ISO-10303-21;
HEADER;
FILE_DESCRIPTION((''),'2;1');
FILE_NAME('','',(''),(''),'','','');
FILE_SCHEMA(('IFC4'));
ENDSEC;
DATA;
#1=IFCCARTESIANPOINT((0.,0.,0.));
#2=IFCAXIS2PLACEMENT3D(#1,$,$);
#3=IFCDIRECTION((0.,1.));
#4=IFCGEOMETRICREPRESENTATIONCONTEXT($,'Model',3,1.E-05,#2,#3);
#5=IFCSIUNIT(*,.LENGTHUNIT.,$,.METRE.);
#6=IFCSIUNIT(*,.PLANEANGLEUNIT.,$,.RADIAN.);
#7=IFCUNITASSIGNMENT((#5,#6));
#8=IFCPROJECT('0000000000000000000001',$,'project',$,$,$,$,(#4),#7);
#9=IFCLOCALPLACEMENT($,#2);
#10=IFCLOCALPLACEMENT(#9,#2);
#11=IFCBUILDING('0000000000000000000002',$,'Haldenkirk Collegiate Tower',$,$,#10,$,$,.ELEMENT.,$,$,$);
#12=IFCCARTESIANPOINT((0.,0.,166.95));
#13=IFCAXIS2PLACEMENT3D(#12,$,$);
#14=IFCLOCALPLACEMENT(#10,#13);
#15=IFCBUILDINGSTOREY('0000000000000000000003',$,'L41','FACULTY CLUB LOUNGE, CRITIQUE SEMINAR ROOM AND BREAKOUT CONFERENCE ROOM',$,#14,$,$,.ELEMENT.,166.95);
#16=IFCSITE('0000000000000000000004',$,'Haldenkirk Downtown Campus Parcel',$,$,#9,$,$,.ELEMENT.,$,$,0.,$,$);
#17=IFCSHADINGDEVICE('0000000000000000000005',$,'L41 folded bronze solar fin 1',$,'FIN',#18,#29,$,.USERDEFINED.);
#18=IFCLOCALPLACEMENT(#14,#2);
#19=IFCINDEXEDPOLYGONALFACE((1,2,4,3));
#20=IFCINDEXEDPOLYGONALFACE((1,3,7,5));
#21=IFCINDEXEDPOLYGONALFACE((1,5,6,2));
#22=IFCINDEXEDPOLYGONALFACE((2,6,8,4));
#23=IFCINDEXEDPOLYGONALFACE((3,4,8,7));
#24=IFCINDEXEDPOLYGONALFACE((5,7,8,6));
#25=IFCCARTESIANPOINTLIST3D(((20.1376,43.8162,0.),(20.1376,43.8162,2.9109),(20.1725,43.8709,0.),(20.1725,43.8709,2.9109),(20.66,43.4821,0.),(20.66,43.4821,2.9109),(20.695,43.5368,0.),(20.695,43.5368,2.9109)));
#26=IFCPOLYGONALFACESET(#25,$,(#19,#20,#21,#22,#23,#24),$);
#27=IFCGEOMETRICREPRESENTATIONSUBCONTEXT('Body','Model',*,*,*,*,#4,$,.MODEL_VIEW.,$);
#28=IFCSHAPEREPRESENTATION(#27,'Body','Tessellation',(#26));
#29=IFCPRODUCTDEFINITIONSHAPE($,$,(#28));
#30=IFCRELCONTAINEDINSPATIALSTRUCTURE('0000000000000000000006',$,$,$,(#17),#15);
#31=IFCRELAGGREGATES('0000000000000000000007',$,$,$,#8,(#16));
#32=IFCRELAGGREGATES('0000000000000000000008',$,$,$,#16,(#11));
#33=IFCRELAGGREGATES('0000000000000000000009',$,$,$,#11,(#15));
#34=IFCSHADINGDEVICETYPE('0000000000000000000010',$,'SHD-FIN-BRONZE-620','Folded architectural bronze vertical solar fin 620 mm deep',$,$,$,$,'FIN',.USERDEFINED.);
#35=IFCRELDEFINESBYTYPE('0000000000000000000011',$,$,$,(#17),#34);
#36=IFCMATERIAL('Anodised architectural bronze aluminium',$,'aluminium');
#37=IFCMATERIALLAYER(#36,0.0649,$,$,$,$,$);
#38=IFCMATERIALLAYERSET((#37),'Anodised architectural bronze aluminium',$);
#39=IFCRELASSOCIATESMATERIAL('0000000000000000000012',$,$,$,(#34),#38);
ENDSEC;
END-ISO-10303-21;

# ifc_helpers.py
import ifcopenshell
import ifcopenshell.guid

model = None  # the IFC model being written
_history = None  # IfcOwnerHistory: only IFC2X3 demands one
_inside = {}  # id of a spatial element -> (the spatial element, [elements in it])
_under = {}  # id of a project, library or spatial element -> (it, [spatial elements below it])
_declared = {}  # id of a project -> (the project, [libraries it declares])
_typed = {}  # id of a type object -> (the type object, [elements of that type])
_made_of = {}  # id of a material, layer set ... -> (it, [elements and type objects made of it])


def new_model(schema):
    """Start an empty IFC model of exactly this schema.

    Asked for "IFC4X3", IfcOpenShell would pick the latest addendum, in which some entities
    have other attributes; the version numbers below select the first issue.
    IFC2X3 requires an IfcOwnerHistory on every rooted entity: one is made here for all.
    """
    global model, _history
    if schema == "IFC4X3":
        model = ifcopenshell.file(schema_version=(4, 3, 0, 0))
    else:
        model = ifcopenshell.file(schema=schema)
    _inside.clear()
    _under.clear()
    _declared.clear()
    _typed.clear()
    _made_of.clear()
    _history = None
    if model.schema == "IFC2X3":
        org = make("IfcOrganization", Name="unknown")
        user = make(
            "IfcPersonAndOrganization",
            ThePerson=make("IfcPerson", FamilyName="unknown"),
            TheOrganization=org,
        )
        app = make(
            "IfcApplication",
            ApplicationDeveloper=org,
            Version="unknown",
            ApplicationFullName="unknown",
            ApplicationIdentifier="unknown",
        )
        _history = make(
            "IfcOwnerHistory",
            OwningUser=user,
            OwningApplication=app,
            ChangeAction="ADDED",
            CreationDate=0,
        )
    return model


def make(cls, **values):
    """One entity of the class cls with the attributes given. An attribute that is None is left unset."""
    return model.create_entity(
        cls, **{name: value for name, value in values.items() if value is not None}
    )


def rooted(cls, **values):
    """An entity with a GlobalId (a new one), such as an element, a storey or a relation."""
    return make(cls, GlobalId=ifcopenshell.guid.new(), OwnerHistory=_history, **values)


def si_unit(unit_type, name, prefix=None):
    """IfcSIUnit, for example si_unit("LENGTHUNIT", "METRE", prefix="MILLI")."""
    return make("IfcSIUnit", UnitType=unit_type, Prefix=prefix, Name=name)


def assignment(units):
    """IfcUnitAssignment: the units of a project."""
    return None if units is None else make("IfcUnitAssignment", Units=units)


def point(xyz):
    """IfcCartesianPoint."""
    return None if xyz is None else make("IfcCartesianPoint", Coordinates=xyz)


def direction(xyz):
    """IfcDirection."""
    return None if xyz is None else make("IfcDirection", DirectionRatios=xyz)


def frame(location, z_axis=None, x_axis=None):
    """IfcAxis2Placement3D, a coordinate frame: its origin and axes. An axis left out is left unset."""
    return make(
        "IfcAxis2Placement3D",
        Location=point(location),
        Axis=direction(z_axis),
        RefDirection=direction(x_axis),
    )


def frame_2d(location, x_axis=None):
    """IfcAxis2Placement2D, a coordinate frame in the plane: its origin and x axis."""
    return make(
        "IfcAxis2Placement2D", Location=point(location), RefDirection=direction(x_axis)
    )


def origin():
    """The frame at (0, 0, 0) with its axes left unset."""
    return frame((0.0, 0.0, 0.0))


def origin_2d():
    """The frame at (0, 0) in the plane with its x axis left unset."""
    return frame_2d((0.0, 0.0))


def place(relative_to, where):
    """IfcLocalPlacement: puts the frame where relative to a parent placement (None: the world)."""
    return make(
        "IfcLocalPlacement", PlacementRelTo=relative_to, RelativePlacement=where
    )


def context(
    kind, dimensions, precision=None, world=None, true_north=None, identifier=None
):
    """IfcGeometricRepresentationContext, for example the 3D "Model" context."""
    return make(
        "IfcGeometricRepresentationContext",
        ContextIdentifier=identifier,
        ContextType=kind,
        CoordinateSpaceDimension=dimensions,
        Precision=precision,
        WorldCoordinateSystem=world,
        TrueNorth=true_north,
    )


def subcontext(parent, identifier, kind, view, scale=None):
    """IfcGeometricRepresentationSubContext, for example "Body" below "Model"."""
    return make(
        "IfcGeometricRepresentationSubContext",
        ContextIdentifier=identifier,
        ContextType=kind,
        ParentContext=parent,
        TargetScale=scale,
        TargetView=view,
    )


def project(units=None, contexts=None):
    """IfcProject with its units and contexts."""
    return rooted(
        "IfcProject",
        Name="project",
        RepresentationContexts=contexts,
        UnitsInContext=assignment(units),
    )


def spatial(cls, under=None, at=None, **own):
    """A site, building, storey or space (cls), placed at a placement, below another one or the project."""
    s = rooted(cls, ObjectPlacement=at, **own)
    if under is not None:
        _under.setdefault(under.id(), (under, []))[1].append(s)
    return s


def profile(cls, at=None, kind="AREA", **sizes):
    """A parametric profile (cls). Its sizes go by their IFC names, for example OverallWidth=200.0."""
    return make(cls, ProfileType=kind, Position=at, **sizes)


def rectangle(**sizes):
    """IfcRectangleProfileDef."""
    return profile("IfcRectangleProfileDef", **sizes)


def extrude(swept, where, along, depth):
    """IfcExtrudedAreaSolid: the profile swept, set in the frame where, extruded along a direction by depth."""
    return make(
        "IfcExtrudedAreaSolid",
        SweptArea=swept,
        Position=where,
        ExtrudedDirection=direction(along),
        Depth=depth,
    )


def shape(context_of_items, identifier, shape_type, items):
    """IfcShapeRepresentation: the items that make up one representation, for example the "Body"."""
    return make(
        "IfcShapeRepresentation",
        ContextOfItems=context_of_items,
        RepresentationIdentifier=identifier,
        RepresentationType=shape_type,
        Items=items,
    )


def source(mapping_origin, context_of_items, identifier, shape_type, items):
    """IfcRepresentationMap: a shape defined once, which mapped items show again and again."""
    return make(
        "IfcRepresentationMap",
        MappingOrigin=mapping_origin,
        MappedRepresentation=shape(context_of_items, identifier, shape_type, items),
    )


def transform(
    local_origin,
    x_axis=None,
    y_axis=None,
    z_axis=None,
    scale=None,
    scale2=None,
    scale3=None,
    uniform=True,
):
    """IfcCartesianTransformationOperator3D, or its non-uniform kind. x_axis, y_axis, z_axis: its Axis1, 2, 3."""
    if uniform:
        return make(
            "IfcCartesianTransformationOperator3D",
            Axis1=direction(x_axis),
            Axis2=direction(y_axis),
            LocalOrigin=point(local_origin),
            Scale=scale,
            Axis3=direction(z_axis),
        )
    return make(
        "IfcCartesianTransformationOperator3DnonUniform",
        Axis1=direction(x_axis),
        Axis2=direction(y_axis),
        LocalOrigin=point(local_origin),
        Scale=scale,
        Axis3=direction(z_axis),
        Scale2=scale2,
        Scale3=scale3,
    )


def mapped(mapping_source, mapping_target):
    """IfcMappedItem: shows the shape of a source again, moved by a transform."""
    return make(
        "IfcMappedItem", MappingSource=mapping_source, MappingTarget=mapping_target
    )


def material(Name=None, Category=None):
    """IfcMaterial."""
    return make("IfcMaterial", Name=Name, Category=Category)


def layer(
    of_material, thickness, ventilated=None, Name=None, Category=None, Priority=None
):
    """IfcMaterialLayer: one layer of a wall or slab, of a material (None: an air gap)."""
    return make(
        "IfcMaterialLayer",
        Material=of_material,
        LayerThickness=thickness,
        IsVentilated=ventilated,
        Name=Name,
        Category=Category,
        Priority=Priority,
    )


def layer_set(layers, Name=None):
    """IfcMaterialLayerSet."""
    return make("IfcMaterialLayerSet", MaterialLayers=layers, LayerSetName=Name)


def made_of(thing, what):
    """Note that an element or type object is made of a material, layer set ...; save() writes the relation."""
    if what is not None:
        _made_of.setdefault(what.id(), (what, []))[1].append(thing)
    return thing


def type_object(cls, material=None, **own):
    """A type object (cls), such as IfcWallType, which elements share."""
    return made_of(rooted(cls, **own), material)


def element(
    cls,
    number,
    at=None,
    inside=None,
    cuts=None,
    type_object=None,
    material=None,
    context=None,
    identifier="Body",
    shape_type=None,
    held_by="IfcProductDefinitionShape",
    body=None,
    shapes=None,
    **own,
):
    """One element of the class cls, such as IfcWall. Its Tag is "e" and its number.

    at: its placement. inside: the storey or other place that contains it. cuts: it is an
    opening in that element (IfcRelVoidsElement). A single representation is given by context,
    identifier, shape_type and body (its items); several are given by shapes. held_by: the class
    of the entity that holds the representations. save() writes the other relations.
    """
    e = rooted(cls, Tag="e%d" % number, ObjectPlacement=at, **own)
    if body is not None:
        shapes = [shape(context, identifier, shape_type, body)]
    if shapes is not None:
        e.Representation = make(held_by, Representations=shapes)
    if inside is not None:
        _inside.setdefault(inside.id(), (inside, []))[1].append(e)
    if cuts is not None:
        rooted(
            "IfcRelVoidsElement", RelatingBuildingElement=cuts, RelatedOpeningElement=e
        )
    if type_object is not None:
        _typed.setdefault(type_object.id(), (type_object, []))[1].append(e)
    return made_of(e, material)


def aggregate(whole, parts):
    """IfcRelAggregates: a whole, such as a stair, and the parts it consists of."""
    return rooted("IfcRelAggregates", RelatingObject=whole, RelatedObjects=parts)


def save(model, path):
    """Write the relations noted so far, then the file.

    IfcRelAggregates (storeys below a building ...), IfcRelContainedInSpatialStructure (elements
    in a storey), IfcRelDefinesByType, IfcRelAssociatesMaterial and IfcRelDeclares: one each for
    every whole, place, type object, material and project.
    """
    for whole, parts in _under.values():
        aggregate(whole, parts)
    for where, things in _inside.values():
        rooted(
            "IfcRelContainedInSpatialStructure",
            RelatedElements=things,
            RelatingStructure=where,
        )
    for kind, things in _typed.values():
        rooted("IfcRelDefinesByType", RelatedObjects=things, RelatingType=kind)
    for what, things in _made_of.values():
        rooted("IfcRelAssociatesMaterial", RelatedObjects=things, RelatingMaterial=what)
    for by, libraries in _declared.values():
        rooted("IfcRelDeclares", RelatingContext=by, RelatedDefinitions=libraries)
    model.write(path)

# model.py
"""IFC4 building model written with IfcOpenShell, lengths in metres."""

from ifc_helpers import new_model, si_unit, direction, frame, origin, origin_2d, place, context, subcontext, project, spatial, rectangle, extrude, source, transform, mapped, material, layer, layer_set, type_object, element, save


model = new_model("IFC4")

# Units and contexts
model_context = context("Model", 3, precision=1e-05, world=origin(), true_north=direction((0.0, 1.0)))
body_context = subcontext(model_context, "Body", "Model", "MODEL_VIEW")
ifc_project = project(units=[si_unit("LENGTHUNIT", "METRE"), si_unit("PLANEANGLEUNIT", "RADIAN")], contexts=[model_context])

# Site, building, storey
site_placement = place(None, origin())
site = spatial("IfcSite", under=ifc_project, at=site_placement, Name="Haldenkirk Downtown Campus Parcel", CompositionType="ELEMENT", RefElevation=0.0)
building_placement = place(site_placement, origin())
building = spatial("IfcBuilding", under=site, at=building_placement, Name="Haldenkirk Collegiate Tower", CompositionType="ELEMENT")
storey_placement = place(building_placement, frame((0.0, 0.0, 166.95)))
storey = spatial("IfcBuildingStorey", under=building, at=storey_placement, Name="L41", Description="FACULTY CLUB LOUNGE, CRITIQUE SEMINAR ROOM AND BREAKOUT CONFERENCE ROOM", CompositionType="ELEMENT", Elevation=166.95)

# Shared definitions
ifc_material_1 = material(Name="Anodised architectural bronze aluminium", Category="aluminium")

# Shading device
ifc_layer_1 = layer(ifc_material_1, 0.0649)
ifc_layer_set_1 = layer_set([ifc_layer_1], Name="Anodised architectural bronze aluminium")
shading_device_type = type_object("IfcShadingDeviceType", Name="SHD-FIN-BRONZE-620", Description="Folded architectural bronze vertical solar fin 620 mm deep", ElementType="FIN", PredefinedType="USERDEFINED", material=ifc_layer_set_1)
shared_shape_1 = source(origin(), body_context, "Body", "SweptSolid", [
    extrude(rectangle(XDim=0.6201, YDim=0.0649, at=origin_2d()), origin(), (0.0, 0.0, 1.0), 2.9109),
])
shading_device_placement = place(storey_placement, frame((20.4163, 43.6765, 0.0), z_axis=(0.0, 0.0, 1.0), x_axis=(-0.842452, 0.538771, 0.0)))
element("IfcShadingDevice", 1, at=shading_device_placement, inside=storey, type_object=shading_device_type, Name="L41 folded bronze solar fin 1", ObjectType="FIN", PredefinedType="USERDEFINED", context=body_context, shape_type="MappedRepresentation", body=[
    mapped(shared_shape_1, transform((0.0, 0.0, 0.0), x_axis=(1.0, 0.0, 0.0), y_axis=(0.0, 1.0, 0.0), z_axis=(0.0, 0.0, 1.0), scale=1.0)),
])

save(model, "model.ifc")
